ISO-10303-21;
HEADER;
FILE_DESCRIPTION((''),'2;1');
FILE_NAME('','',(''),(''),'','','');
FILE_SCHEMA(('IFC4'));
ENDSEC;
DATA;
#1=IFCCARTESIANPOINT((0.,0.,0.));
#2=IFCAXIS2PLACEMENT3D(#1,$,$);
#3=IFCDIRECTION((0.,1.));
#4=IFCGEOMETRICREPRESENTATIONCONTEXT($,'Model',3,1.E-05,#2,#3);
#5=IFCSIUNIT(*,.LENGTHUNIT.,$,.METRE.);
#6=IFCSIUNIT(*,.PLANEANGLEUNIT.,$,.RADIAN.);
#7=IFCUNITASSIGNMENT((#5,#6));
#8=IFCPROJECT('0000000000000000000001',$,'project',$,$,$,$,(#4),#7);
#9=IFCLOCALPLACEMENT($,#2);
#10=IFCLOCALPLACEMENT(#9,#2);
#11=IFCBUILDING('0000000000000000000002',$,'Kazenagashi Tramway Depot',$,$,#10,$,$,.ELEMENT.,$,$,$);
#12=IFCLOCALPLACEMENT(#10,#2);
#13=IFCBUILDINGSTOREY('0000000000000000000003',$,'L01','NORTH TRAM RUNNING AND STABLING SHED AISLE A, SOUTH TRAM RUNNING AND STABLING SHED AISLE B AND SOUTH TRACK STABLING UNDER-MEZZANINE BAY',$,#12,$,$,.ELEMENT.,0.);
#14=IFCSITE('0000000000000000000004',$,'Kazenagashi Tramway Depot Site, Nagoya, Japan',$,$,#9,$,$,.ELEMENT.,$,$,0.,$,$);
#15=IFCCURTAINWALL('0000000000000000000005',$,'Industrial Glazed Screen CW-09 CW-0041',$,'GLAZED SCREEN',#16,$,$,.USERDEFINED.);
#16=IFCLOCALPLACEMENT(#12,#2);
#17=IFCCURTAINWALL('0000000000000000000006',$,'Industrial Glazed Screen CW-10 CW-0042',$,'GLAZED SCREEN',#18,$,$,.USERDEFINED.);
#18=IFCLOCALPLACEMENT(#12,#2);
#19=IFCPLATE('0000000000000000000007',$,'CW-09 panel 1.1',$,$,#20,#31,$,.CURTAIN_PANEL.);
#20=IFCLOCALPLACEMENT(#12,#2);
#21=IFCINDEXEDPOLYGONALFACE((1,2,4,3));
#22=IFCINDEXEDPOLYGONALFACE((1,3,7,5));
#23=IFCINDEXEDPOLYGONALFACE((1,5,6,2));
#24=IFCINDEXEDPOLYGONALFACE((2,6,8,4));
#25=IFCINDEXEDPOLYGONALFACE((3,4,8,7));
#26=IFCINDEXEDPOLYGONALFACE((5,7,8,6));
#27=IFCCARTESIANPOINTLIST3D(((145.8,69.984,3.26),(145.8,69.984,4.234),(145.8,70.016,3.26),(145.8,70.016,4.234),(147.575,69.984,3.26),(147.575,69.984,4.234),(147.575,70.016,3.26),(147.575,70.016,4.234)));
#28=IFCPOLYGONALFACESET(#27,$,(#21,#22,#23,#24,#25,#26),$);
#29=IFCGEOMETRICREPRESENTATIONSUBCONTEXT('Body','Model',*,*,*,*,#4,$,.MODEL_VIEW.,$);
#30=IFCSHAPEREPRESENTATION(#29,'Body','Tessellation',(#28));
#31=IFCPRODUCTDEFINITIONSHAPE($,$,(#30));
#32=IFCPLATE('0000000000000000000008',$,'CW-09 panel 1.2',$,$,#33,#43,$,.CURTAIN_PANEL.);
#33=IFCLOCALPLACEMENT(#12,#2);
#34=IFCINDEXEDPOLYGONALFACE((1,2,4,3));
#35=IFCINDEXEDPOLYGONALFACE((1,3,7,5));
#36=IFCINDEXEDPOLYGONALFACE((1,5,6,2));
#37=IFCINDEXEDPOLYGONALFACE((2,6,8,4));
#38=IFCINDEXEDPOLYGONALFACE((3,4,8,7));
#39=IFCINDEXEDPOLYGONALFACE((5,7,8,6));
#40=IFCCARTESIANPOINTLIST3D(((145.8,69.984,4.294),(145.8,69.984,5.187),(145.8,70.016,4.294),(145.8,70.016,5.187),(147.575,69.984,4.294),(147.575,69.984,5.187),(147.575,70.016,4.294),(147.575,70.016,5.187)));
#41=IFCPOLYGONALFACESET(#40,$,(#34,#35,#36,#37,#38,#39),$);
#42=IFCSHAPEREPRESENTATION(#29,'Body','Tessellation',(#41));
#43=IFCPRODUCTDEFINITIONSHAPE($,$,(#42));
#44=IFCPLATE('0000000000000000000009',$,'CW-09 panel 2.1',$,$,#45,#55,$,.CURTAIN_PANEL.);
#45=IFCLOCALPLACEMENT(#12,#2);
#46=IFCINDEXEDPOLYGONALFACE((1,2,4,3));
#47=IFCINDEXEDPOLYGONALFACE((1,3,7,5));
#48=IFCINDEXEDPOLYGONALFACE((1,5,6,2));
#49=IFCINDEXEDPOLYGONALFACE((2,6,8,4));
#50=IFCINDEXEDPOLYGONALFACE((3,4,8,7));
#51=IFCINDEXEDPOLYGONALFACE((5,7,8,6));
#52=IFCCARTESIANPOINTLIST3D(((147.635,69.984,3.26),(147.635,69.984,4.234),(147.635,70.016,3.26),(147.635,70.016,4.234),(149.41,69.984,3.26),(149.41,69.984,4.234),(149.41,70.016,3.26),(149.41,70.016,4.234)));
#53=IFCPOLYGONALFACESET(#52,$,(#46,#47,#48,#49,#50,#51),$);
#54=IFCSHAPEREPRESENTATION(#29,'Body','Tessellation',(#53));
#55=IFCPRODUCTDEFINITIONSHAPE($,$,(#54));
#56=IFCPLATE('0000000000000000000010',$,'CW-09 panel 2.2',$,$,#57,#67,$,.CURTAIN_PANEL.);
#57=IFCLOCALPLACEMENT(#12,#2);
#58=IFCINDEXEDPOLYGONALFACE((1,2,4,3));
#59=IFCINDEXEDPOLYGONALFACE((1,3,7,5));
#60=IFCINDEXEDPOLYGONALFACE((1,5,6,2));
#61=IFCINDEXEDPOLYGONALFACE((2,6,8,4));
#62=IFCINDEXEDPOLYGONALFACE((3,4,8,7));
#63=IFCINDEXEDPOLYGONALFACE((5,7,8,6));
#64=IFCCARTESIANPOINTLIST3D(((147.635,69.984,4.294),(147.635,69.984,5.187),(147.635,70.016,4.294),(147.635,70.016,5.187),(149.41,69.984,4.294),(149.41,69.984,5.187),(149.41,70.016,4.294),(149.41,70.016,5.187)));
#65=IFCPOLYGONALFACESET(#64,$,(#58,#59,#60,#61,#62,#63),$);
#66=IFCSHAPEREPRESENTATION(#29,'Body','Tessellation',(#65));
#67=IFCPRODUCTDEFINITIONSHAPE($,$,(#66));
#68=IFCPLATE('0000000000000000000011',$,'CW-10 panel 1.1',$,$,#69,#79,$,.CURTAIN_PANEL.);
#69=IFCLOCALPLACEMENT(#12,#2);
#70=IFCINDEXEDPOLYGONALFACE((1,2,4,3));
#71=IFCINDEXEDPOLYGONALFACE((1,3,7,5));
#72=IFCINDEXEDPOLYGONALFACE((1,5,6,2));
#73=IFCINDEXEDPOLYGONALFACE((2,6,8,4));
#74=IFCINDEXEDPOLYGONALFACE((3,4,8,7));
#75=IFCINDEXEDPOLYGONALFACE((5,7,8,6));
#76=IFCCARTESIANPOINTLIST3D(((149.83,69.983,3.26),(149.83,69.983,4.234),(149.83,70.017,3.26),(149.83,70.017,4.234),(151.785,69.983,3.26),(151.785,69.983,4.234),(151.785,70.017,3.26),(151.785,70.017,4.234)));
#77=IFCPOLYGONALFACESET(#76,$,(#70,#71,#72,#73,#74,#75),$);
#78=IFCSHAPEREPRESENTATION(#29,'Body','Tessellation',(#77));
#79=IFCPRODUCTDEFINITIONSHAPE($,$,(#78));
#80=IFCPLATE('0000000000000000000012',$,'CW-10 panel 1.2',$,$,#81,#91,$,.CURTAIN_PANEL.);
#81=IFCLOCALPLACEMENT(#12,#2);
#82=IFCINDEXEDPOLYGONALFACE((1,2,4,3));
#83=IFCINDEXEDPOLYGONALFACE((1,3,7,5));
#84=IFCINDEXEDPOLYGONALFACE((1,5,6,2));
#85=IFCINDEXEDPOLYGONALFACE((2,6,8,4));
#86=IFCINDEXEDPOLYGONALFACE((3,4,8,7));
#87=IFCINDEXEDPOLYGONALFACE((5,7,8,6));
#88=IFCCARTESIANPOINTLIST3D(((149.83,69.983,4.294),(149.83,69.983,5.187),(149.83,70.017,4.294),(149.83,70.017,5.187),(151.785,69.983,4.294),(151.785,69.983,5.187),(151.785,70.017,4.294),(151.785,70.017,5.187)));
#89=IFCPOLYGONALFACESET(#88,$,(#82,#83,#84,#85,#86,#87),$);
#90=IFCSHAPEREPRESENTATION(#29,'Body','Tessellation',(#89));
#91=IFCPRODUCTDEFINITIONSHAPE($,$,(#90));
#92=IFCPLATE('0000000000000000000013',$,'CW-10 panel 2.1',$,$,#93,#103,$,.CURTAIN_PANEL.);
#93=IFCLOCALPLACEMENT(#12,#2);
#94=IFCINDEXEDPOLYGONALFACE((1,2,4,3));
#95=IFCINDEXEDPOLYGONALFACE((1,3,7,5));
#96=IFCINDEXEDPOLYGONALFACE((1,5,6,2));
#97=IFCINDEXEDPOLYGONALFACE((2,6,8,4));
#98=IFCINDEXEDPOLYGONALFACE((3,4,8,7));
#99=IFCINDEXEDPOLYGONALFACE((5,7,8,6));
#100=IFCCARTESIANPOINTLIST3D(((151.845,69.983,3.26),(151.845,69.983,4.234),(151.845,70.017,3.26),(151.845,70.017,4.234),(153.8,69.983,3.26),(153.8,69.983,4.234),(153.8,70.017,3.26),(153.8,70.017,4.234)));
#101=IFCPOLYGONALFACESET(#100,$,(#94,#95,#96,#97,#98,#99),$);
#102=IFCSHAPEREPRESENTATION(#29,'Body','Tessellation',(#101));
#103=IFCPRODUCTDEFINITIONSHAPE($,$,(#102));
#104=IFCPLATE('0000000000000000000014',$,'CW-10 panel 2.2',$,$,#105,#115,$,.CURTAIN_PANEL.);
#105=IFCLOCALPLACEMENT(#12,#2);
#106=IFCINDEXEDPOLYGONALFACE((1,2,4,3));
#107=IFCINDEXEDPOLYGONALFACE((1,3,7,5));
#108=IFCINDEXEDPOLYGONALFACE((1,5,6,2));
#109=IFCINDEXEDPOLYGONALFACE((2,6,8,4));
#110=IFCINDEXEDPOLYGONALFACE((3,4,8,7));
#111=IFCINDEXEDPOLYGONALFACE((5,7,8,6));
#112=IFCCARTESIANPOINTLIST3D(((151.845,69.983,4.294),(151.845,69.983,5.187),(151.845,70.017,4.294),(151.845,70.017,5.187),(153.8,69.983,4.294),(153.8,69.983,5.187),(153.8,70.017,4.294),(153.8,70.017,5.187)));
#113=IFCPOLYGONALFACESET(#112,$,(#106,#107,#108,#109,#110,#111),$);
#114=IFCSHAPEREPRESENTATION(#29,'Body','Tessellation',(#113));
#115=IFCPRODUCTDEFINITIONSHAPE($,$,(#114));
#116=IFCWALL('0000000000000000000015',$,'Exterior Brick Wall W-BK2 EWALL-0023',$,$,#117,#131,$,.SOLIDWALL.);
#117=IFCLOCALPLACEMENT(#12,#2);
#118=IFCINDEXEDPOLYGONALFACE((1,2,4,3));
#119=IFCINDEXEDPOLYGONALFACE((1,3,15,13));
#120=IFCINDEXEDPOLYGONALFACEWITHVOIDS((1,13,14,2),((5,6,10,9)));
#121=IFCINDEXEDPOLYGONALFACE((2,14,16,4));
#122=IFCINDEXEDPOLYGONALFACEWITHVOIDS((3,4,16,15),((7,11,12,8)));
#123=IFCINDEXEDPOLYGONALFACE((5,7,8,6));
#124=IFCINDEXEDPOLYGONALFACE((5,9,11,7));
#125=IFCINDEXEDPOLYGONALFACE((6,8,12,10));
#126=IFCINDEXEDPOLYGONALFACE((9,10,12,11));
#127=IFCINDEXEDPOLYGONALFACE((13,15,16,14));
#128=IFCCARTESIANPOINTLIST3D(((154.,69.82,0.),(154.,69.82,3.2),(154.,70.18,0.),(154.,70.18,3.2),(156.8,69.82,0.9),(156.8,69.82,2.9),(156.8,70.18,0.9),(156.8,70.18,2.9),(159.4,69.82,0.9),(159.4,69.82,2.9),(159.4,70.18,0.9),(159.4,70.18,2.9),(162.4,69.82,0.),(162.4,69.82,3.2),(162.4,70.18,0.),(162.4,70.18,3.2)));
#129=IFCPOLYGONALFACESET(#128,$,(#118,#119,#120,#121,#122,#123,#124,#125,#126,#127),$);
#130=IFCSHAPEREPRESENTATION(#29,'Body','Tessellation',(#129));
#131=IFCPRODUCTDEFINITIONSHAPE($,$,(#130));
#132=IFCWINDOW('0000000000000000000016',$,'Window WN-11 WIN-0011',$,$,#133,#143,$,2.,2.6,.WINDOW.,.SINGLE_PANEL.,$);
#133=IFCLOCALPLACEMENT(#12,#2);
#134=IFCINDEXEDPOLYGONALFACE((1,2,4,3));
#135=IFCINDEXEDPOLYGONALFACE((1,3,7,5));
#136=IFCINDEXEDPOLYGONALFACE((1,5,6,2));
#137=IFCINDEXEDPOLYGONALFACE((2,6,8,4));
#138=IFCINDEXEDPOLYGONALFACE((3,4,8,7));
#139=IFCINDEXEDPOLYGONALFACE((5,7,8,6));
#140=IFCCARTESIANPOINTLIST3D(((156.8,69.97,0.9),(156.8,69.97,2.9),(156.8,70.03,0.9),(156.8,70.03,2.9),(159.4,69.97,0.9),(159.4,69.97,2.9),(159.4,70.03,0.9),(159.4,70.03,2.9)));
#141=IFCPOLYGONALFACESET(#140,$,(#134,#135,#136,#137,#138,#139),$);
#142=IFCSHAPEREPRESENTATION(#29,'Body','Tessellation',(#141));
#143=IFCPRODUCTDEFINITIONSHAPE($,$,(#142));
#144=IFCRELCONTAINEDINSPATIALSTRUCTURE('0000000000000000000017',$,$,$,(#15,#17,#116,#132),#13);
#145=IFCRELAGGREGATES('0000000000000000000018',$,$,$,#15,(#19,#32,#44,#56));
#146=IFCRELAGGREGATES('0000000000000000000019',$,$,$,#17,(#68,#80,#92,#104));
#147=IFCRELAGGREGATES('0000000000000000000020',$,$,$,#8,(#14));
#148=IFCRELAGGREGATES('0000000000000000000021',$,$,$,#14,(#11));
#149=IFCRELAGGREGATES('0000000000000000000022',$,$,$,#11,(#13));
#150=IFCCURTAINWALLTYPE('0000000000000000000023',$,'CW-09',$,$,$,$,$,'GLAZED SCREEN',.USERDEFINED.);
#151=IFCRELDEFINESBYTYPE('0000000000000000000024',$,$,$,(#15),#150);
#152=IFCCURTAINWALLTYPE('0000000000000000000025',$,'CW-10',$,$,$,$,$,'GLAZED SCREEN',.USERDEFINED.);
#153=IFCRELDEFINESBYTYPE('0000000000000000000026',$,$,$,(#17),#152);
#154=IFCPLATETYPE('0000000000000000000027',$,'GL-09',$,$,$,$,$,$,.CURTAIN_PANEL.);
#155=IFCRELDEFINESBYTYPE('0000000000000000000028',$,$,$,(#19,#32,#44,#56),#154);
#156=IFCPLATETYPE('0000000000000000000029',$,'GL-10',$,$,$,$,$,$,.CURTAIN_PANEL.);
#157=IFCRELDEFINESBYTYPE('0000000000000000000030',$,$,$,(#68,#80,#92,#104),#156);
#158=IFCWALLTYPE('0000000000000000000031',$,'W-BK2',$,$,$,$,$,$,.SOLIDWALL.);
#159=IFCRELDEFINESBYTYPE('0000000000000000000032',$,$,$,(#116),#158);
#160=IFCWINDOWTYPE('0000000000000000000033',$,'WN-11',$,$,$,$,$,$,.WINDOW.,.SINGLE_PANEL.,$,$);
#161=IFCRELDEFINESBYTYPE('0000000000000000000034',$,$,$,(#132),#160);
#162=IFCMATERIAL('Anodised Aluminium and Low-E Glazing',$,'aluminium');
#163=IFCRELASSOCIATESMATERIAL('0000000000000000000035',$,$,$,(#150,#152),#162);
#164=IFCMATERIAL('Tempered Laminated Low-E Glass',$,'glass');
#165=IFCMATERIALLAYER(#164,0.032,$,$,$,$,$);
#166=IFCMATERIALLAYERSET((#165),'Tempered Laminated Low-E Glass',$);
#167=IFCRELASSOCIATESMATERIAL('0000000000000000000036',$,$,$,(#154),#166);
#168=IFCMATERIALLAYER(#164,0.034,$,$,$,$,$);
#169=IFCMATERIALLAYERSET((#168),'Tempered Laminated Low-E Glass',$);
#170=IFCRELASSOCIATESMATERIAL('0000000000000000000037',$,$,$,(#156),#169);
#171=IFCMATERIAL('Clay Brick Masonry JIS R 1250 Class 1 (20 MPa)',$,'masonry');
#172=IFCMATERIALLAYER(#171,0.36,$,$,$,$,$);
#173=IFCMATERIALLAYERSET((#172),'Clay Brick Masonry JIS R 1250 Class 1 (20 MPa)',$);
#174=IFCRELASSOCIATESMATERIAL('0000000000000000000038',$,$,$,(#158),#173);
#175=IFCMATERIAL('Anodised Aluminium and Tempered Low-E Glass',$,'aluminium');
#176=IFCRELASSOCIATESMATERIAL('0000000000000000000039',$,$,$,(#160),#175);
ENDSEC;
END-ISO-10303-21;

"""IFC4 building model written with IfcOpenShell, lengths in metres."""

from ifc_helpers import new_model, si_unit, direction, frame, frame_2d, origin, origin_2d, place, context, subcontext, project, spatial, rectangle, extrude, material, layer, layer_set, type_object, element, fill, aggregate, save


model = new_model("IFC4")

# Units and contexts
model_context = context("Model", 3, precision=1e-05, world=origin(), true_north=direction((0.0, 1.0)))
body_context = subcontext(model_context, "Body", "Model", "MODEL_VIEW")
ifc_project = project(units=[si_unit("LENGTHUNIT", "METRE"), si_unit("PLANEANGLEUNIT", "RADIAN")], contexts=[model_context])

# Site, building, storey
site_placement = place(None, origin())
site = spatial("IfcSite", under=ifc_project, at=site_placement, Name="Kazenagashi Tramway Depot Site, Nagoya, Japan", CompositionType="ELEMENT", RefElevation=0.0)
building_placement = place(site_placement, origin())
building = spatial("IfcBuilding", under=site, at=building_placement, Name="Kazenagashi Tramway Depot", CompositionType="ELEMENT")
storey_placement = place(building_placement, origin())
storey = spatial("IfcBuildingStorey", under=building, at=storey_placement, Name="L01", Description="NORTH TRAM RUNNING AND STABLING SHED AISLE A, SOUTH TRAM RUNNING AND STABLING SHED AISLE B AND SOUTH TRACK STABLING UNDER-MEZZANINE BAY", CompositionType="ELEMENT", Elevation=0.0)

# Curtain walls
ifc_material_1 = material(Name="Anodised Aluminium and Low-E Glazing", Category="aluminium")
curtain_wall_type_1 = type_object("IfcCurtainWallType", Name="CW-09", ElementType="GLAZED SCREEN", PredefinedType="USERDEFINED", material=ifc_material_1)
curtain_wall_1_placement = place(storey_placement, origin())
curtain_wall_1 = element("IfcCurtainWall", 1, at=curtain_wall_1_placement, inside=storey, type_object=curtain_wall_type_1, Name="Industrial Glazed Screen CW-09 CW-0041", ObjectType="GLAZED SCREEN", PredefinedType="USERDEFINED")
curtain_wall_type_2 = type_object("IfcCurtainWallType", Name="CW-10", ElementType="GLAZED SCREEN", PredefinedType="USERDEFINED", material=ifc_material_1)
curtain_wall_2_placement = place(storey_placement, origin())
curtain_wall_2 = element("IfcCurtainWall", 2, at=curtain_wall_2_placement, inside=storey, type_object=curtain_wall_type_2, Name="Industrial Glazed Screen CW-10 CW-0042", ObjectType="GLAZED SCREEN", PredefinedType="USERDEFINED")

# Plates
ifc_material_2 = material(Name="Tempered Laminated Low-E Glass", Category="glass")
ifc_layer_1 = layer(ifc_material_2, 0.032)
ifc_layer_set_1 = layer_set([ifc_layer_1], Name="Tempered Laminated Low-E Glass")
plate_type_1 = type_object("IfcPlateType", Name="GL-09", PredefinedType="CURTAIN_PANEL", material=ifc_layer_set_1)
plate_1_placement = place(storey_placement, frame((146.6875, 70.0, 3.26), z_axis=(0.0, 0.0, 1.0), x_axis=(1.0, 0.0, 0.0)))
plate_1 = element("IfcPlate", 3, at=plate_1_placement, type_object=plate_type_1, Name="CW-09 panel 1.1", PredefinedType="CURTAIN_PANEL", context=body_context, shape_type="SweptSolid", body=[
    extrude(rectangle(XDim=1.775, YDim=0.032, at=origin_2d()), origin(), (0.0, 0.0, 1.0), 0.974),
])
plate_2_placement = place(storey_placement, frame((146.6875, 70.0, 4.294), z_axis=(0.0, 0.0, 1.0), x_axis=(1.0, 0.0, 0.0)))
plate_2 = element("IfcPlate", 4, at=plate_2_placement, type_object=plate_type_1, Name="CW-09 panel 1.2", PredefinedType="CURTAIN_PANEL", context=body_context, shape_type="SweptSolid", body=[
    extrude(rectangle(XDim=1.775, YDim=0.032, at=origin_2d()), origin(), (0.0, 0.0, 1.0), 0.893),
])
plate_3_placement = place(storey_placement, frame((148.5225, 70.0, 3.26), z_axis=(0.0, 0.0, 1.0), x_axis=(1.0, 0.0, 0.0)))
plate_3 = element("IfcPlate", 5, at=plate_3_placement, type_object=plate_type_1, Name="CW-09 panel 2.1", PredefinedType="CURTAIN_PANEL", context=body_context, shape_type="SweptSolid", body=[
    extrude(rectangle(XDim=1.775, YDim=0.032, at=origin_2d()), origin(), (0.0, 0.0, 1.0), 0.974),
])
plate_4_placement = place(storey_placement, frame((148.5225, 70.0, 4.294), z_axis=(0.0, 0.0, 1.0), x_axis=(1.0, 0.0, 0.0)))
plate_4 = element("IfcPlate", 6, at=plate_4_placement, type_object=plate_type_1, Name="CW-09 panel 2.2", PredefinedType="CURTAIN_PANEL", context=body_context, shape_type="SweptSolid", body=[
    extrude(rectangle(XDim=1.775, YDim=0.032, at=origin_2d()), origin(), (0.0, 0.0, 1.0), 0.893),
])
aggregate(curtain_wall_1, [plate_1, plate_2, plate_3, plate_4])
ifc_layer_2 = layer(ifc_material_2, 0.034)
ifc_layer_set_2 = layer_set([ifc_layer_2], Name="Tempered Laminated Low-E Glass")
plate_type_2 = type_object("IfcPlateType", Name="GL-10", PredefinedType="CURTAIN_PANEL", material=ifc_layer_set_2)
plate_5_placement = place(storey_placement, frame((150.8075, 70.0, 3.26), z_axis=(0.0, 0.0, 1.0), x_axis=(1.0, 0.0, 0.0)))
plate_5 = element("IfcPlate", 7, at=plate_5_placement, type_object=plate_type_2, Name="CW-10 panel 1.1", PredefinedType="CURTAIN_PANEL", context=body_context, shape_type="SweptSolid", body=[
    extrude(rectangle(XDim=1.955, YDim=0.034, at=origin_2d()), origin(), (0.0, 0.0, 1.0), 0.974),
])
plate_6_placement = place(storey_placement, frame((150.8075, 70.0, 4.294), z_axis=(0.0, 0.0, 1.0), x_axis=(1.0, 0.0, 0.0)))
plate_6 = element("IfcPlate", 8, at=plate_6_placement, type_object=plate_type_2, Name="CW-10 panel 1.2", PredefinedType="CURTAIN_PANEL", context=body_context, shape_type="SweptSolid", body=[
    extrude(rectangle(XDim=1.955, YDim=0.034, at=origin_2d()), origin(), (0.0, 0.0, 1.0), 0.893),
])
plate_7_placement = place(storey_placement, frame((152.8225, 70.0, 3.26), z_axis=(0.0, 0.0, 1.0), x_axis=(1.0, 0.0, 0.0)))
plate_7 = element("IfcPlate", 9, at=plate_7_placement, type_object=plate_type_2, Name="CW-10 panel 2.1", PredefinedType="CURTAIN_PANEL", context=body_context, shape_type="SweptSolid", body=[
    extrude(rectangle(XDim=1.955, YDim=0.034, at=origin_2d()), origin(), (0.0, 0.0, 1.0), 0.974),
])
plate_8_placement = place(storey_placement, frame((152.8225, 70.0, 4.294), z_axis=(0.0, 0.0, 1.0), x_axis=(1.0, 0.0, 0.0)))
plate_8 = element("IfcPlate", 10, at=plate_8_placement, type_object=plate_type_2, Name="CW-10 panel 2.2", PredefinedType="CURTAIN_PANEL", context=body_context, shape_type="SweptSolid", body=[
    extrude(rectangle(XDim=1.955, YDim=0.034, at=origin_2d()), origin(), (0.0, 0.0, 1.0), 0.893),
])
aggregate(curtain_wall_2, [plate_5, plate_6, plate_7, plate_8])

# Wall, opening, window
ifc_material_3 = material(Name="Clay Brick Masonry JIS R 1250 Class 1 (20 MPa)", Category="masonry")
ifc_layer_3 = layer(ifc_material_3, 0.36)
ifc_layer_set_3 = layer_set([ifc_layer_3], Name="Clay Brick Masonry JIS R 1250 Class 1 (20 MPa)")
wall_type = type_object("IfcWallType", Name="W-BK2", PredefinedType="SOLIDWALL", material=ifc_layer_set_3)
wall_placement = place(storey_placement, frame((154.0, 70.0, 0.0), z_axis=(0.0, 0.0, 1.0), x_axis=(1.0, 0.0, 0.0)))
wall = element("IfcWall", 11, at=wall_placement, inside=storey, type_object=wall_type, Name="Exterior Brick Wall W-BK2 EWALL-0023", PredefinedType="SOLIDWALL", context=body_context, shape_type="SweptSolid", body=[
    extrude(rectangle(XDim=8.4, YDim=0.36, at=frame_2d((4.2, 0.0))), origin(), (0.0, 0.0, 1.0), 3.2),
])
opening_placement = place(wall_placement, frame((2.8, 0.0, 0.9)))
opening = element("IfcOpeningElement", 12, at=opening_placement, cuts=wall, PredefinedType="OPENING", context=body_context, shape_type="SweptSolid", body=[
    extrude(rectangle(XDim=2.6, YDim=2.0, at=frame_2d((1.3, 1.0))), frame((0.0, 0.19, 0.0), z_axis=(0.0, -1.0, 0.0), x_axis=(1.0, 0.0, 0.0)), (0.0, 0.0, 1.0), 0.38),
])
ifc_material_4 = material(Name="Anodised Aluminium and Tempered Low-E Glass", Category="aluminium")
window_type = type_object("IfcWindowType", Name="WN-11", PartitioningType="SINGLE_PANEL", PredefinedType="WINDOW", material=ifc_material_4)
window_placement = place(opening_placement, origin())
window = element("IfcWindow", 13, at=window_placement, inside=storey, type_object=window_type, Name="Window WN-11 WIN-0011", OverallHeight=2.0, OverallWidth=2.6, PartitioningType="SINGLE_PANEL", PredefinedType="WINDOW", context=body_context, shape_type="SweptSolid", body=[
    extrude(rectangle(XDim=2.6, YDim=2.0, at=frame_2d((1.3, 1.0))), frame((0.0, 0.03, 0.0), z_axis=(0.0, -1.0, 0.0), x_axis=(1.0, 0.0, 0.0)), (0.0, 0.0, 1.0), 0.06),
])
fill(opening, window)

save(model, "model.ifc")
